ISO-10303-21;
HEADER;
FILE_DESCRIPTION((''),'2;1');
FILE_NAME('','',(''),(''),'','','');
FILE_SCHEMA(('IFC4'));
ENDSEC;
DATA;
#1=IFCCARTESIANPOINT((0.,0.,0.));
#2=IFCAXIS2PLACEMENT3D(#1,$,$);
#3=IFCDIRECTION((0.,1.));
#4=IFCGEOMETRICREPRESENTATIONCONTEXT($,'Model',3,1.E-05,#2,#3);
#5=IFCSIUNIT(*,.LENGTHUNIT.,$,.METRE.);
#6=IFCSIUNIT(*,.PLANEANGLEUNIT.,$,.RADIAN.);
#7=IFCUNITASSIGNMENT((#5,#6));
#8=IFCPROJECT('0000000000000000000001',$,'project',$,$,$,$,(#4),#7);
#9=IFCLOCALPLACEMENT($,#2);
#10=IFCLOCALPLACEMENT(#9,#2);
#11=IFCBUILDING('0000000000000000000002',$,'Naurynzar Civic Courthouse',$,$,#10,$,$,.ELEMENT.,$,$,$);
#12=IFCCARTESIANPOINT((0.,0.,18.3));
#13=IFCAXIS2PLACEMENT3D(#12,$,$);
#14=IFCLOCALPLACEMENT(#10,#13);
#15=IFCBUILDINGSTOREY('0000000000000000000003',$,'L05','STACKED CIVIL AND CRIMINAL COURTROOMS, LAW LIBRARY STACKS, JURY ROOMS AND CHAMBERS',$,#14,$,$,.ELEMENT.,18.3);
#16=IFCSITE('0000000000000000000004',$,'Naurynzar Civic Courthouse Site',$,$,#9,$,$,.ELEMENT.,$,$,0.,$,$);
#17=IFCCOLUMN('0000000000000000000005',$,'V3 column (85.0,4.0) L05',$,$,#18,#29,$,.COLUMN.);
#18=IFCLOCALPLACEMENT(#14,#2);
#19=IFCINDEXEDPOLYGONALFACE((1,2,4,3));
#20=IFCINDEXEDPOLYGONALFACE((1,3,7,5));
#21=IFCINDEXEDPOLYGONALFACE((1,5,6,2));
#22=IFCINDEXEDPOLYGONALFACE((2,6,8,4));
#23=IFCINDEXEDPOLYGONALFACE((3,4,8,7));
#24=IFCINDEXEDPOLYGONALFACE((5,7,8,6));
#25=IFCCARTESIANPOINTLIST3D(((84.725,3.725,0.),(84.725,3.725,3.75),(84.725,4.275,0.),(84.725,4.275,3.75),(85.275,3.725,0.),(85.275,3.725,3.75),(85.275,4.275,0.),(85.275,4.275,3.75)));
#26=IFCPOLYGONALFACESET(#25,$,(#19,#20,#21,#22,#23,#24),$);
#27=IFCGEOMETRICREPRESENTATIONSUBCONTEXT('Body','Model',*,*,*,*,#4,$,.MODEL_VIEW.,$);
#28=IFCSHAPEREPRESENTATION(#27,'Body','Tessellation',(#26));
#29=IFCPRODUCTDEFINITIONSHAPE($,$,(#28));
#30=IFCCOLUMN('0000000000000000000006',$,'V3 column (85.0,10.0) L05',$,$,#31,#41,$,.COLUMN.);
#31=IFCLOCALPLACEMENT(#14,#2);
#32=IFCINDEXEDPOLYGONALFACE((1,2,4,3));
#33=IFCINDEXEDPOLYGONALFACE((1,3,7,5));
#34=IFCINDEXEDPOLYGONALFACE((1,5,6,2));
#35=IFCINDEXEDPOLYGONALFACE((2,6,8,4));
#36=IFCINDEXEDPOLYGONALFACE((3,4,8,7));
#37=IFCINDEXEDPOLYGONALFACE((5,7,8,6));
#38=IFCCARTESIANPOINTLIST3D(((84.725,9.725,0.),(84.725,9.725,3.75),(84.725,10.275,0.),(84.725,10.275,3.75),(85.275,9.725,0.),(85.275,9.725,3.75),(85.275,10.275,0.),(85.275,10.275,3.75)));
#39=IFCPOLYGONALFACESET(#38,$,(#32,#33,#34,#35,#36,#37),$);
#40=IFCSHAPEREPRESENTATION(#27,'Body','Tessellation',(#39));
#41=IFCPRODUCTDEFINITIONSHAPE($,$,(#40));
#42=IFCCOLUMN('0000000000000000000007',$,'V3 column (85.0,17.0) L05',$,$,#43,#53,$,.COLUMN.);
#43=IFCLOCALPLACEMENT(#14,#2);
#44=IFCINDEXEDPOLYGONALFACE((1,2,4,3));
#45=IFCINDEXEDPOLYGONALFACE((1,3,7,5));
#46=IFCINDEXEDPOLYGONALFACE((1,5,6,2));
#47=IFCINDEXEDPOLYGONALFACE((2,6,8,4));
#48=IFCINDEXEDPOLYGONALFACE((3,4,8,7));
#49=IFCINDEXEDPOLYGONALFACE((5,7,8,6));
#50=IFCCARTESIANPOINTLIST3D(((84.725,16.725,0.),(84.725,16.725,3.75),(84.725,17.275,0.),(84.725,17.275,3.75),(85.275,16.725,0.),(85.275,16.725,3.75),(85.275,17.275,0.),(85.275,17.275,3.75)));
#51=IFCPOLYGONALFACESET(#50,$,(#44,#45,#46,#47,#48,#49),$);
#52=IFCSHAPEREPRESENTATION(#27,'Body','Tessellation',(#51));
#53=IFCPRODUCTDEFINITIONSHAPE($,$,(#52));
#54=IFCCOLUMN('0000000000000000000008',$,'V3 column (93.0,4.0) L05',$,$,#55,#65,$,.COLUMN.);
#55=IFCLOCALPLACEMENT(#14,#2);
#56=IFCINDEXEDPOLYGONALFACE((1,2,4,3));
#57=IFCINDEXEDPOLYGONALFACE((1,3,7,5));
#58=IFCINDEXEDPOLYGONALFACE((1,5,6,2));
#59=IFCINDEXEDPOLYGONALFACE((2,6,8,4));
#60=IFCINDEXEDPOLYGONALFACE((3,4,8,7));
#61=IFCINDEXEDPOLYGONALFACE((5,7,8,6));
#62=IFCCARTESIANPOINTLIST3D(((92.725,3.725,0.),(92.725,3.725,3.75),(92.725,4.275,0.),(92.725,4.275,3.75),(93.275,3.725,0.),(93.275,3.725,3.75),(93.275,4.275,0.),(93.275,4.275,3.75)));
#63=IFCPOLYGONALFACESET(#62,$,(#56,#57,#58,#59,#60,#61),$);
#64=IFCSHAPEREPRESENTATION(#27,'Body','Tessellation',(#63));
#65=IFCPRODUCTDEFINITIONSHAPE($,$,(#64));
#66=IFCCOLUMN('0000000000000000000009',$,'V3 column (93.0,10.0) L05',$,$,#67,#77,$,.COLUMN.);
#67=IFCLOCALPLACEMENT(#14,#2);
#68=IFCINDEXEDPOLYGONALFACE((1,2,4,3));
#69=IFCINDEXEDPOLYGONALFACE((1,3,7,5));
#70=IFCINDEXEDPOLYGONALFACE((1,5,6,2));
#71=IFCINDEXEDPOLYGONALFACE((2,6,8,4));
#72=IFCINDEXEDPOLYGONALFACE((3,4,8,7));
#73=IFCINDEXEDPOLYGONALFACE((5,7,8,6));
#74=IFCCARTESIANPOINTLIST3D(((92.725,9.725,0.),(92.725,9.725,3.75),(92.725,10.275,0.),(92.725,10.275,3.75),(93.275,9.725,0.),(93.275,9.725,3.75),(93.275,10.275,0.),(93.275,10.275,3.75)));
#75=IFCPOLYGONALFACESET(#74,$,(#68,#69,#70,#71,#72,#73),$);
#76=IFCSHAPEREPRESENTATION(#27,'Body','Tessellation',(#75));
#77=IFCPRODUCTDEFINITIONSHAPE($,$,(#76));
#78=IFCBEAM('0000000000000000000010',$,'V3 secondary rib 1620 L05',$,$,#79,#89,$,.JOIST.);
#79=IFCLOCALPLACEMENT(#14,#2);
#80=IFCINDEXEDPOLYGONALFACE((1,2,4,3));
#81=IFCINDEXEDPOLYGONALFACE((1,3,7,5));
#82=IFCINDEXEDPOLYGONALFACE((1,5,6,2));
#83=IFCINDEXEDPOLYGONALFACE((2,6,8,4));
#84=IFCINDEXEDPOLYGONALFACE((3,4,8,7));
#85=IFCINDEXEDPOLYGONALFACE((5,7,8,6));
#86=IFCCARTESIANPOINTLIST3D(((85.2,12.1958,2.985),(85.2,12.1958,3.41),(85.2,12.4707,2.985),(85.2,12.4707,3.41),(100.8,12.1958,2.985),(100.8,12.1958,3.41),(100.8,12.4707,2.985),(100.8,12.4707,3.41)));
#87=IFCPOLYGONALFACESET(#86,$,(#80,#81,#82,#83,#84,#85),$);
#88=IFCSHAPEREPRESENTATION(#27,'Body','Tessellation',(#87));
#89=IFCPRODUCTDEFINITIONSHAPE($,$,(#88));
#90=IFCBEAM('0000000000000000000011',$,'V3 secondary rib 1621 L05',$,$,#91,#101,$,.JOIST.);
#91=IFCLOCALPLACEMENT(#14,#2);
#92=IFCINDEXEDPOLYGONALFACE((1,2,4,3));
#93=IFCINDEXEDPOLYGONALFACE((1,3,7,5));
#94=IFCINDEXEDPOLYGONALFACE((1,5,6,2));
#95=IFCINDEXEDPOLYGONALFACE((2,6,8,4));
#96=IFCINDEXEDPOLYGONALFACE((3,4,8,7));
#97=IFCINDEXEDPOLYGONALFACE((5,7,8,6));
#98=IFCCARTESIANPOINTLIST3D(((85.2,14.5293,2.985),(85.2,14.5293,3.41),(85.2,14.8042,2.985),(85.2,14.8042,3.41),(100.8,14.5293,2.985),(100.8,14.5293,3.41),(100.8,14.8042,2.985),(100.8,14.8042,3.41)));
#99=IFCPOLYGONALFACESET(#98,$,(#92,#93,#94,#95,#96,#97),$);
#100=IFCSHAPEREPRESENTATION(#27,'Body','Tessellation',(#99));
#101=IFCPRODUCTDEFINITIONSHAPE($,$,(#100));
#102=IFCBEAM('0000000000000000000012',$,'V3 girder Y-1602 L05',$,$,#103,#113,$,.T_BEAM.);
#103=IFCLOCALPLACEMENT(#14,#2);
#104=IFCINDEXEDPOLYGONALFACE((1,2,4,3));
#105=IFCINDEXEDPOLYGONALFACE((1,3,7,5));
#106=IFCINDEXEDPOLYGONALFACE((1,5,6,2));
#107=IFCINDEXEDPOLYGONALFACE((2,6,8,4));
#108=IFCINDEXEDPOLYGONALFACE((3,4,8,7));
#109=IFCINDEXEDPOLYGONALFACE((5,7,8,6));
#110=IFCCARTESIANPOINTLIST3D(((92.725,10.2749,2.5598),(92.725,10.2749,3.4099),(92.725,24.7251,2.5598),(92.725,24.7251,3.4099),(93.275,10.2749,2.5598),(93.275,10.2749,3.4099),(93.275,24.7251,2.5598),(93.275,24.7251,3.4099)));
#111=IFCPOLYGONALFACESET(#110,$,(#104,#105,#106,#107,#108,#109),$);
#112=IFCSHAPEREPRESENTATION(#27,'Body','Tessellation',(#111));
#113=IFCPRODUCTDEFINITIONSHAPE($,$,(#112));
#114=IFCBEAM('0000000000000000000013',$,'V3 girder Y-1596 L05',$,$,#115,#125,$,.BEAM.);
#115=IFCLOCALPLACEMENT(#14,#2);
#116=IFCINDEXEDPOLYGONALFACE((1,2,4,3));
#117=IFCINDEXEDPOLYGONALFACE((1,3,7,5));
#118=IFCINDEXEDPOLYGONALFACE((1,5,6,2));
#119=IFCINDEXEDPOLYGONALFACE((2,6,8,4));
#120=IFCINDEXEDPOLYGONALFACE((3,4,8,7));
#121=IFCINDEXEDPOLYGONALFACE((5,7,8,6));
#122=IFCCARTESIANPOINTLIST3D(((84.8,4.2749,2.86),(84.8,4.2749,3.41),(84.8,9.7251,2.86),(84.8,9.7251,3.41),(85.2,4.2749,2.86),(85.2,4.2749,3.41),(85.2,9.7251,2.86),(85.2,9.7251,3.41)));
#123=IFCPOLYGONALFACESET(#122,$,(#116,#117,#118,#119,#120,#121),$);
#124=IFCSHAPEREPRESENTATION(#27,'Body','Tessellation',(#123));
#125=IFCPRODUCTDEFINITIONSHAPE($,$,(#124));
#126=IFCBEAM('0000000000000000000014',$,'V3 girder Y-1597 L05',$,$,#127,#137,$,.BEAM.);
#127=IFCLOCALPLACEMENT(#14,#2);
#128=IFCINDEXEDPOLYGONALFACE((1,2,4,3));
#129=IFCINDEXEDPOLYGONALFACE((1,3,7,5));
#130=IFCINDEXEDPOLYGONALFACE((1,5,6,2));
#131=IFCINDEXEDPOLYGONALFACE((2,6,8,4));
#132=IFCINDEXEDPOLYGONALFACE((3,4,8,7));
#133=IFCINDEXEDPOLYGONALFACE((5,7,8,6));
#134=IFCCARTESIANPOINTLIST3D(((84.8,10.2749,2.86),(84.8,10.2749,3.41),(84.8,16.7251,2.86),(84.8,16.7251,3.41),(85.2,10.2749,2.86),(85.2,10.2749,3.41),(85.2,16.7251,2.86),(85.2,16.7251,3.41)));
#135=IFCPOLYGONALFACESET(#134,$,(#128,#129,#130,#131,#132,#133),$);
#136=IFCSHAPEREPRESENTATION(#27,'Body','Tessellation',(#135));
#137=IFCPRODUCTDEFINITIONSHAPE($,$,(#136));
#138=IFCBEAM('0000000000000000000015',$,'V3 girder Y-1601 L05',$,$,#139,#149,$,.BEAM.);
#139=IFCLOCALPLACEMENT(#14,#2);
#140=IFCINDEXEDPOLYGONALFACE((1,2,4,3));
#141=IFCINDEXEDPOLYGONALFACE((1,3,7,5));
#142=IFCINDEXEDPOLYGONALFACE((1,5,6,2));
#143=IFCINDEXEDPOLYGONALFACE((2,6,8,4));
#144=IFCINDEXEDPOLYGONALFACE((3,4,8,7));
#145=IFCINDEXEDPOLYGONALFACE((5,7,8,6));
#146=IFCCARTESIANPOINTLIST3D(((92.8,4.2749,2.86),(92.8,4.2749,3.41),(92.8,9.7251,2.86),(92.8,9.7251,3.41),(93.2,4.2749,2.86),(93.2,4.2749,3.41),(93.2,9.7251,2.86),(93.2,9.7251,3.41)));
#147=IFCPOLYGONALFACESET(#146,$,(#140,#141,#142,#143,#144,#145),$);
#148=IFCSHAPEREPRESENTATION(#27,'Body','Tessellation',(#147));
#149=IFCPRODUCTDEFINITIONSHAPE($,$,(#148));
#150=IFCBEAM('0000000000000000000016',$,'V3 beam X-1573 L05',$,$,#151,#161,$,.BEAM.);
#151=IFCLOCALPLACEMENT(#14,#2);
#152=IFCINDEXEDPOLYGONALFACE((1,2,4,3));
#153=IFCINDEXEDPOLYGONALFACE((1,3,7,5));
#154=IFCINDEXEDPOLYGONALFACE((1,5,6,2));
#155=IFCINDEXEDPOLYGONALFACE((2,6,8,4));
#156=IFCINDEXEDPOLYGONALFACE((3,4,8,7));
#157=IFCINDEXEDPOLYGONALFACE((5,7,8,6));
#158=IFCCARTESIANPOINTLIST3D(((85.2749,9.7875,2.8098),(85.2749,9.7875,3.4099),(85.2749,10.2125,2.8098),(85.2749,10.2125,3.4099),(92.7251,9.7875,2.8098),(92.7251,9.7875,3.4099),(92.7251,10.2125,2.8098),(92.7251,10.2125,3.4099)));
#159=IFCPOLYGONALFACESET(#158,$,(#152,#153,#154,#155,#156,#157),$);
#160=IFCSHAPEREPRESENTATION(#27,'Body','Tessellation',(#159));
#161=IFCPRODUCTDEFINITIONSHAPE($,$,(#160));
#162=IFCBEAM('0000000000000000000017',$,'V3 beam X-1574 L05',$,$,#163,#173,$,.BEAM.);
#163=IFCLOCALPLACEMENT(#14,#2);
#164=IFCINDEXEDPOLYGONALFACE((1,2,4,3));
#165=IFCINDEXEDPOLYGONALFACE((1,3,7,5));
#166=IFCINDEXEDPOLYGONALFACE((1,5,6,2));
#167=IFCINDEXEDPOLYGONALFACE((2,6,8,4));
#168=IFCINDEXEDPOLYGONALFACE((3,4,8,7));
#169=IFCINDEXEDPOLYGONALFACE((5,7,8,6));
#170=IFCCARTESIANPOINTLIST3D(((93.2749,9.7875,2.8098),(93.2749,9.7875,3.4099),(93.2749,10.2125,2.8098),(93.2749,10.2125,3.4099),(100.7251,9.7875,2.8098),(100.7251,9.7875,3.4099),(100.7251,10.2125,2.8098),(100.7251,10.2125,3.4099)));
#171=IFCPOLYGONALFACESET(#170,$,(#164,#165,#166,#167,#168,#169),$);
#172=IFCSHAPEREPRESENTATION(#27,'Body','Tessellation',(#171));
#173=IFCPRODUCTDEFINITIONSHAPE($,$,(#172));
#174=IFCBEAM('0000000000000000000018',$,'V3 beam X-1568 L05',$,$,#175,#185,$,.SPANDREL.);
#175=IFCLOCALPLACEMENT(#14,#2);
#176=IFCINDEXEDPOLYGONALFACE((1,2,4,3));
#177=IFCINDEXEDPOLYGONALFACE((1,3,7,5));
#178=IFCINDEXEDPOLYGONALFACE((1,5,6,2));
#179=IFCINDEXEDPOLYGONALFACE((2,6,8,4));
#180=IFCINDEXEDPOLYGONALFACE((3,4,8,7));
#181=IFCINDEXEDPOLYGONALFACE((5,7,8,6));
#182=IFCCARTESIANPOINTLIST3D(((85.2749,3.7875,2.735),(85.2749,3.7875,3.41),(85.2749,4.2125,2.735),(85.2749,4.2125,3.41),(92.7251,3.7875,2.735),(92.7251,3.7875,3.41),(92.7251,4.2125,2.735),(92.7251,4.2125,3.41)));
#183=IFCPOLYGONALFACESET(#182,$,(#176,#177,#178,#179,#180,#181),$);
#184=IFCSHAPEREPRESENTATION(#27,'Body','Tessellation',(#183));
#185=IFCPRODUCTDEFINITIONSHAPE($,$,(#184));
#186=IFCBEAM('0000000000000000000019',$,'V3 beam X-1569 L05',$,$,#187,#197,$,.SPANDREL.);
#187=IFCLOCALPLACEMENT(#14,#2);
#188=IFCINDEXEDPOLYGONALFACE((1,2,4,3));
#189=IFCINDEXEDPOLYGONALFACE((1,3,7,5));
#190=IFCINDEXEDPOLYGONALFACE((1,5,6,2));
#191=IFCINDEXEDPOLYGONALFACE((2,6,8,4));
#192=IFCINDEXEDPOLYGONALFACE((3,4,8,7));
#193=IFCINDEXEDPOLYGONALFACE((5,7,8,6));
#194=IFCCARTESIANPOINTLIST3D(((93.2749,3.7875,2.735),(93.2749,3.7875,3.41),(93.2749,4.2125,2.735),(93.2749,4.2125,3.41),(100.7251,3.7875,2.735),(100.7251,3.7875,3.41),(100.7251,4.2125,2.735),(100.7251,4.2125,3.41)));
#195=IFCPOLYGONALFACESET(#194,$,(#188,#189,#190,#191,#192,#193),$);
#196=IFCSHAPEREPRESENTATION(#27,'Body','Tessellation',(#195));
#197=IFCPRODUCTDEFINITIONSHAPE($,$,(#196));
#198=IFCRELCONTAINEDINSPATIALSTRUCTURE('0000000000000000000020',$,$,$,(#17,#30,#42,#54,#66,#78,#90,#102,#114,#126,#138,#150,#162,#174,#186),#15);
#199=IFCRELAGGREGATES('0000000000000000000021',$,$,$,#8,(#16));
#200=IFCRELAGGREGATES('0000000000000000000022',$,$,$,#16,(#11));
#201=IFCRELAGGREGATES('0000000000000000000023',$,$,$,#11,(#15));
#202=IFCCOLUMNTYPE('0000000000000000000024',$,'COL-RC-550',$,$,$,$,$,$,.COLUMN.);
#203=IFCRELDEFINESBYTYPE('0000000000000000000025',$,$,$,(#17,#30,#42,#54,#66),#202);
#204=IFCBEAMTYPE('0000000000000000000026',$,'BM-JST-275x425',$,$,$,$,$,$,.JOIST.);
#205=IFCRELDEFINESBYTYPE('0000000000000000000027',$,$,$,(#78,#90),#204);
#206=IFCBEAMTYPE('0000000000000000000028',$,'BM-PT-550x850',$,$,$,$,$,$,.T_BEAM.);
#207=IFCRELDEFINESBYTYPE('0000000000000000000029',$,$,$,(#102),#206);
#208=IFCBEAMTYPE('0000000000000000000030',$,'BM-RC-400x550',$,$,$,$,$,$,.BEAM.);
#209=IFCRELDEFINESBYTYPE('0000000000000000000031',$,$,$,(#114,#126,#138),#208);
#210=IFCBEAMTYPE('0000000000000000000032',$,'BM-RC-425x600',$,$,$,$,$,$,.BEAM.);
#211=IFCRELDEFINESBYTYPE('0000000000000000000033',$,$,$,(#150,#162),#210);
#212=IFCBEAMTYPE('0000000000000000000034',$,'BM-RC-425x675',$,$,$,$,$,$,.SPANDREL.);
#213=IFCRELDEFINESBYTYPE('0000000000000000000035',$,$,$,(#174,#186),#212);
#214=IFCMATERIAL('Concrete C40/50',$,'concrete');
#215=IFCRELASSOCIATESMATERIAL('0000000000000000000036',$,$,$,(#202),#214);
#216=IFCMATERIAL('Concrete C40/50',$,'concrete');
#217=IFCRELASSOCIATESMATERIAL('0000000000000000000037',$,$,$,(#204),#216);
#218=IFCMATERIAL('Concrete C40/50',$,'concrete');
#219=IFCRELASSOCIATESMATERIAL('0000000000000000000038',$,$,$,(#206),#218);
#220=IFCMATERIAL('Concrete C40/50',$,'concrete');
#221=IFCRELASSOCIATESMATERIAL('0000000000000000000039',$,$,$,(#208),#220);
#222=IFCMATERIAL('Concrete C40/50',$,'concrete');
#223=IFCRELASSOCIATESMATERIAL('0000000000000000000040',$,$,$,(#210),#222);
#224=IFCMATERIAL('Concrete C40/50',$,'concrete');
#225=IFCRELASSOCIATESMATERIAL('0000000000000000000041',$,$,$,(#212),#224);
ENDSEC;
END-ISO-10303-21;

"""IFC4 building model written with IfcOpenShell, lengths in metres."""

from ifc_helpers import new_model, si_unit, direction, frame, origin, origin_2d, place, context, subcontext, project, spatial, rectangle, extrude, material, material_profile, profile_set, type_object, element, save


model = new_model("IFC4")

# Units and contexts
model_context = context("Model", 3, precision=1e-05, world=origin(), true_north=direction((0.0, 1.0)))
body_context = subcontext(model_context, "Body", "Model", "MODEL_VIEW")
ifc_project = project(units=[si_unit("LENGTHUNIT", "METRE"), si_unit("PLANEANGLEUNIT", "RADIAN")], contexts=[model_context])

# Site, building, storey
site_placement = place(None, origin())
site = spatial("IfcSite", under=ifc_project, at=site_placement, Name="Naurynzar Civic Courthouse Site", CompositionType="ELEMENT", RefElevation=0.0)
building_placement = place(site_placement, origin())
building = spatial("IfcBuilding", under=site, at=building_placement, Name="Naurynzar Civic Courthouse", CompositionType="ELEMENT")
storey_placement = place(building_placement, frame((0.0, 0.0, 18.3)))
storey = spatial("IfcBuildingStorey", under=building, at=storey_placement, Name="L05", Description="STACKED CIVIL AND CRIMINAL COURTROOMS, LAW LIBRARY STACKS, JURY ROOMS AND CHAMBERS", CompositionType="ELEMENT", Elevation=18.3)

# Columns
ifc_material_1 = material(Name="Concrete C40/50", Category="concrete")
ifc_material_profile_1 = material_profile(ifc_material_1, rectangle(XDim=0.55, YDim=0.55, at=origin_2d()), Name="RC 550x550")
ifc_profile_set_1 = profile_set([ifc_material_profile_1], Name="Concrete C40/50")
column_type = type_object("IfcColumnType", Name="COL-RC-550", PredefinedType="COLUMN", material=ifc_profile_set_1)
for number, where, z_axis, x_axis, name in (
    (1, (85.0, 4.0, 0.0), (0.0, 0.0, 1.0), (1.0, 0.0, 0.0), "V3 column (85.0,4.0) L05"),
    (2, (85.0, 10.0, 0.0), (0.0, 0.0, 1.0), (1.0, 0.0, 0.0), "V3 column (85.0,10.0) L05"),
    (3, (85.0, 17.0, 0.0), (0.0, 0.0, 1.0), (1.0, 0.0, 0.0), "V3 column (85.0,17.0) L05"),
    (4, (93.0, 4.0, 0.0), (0.0, 0.0, 1.0), (1.0, 0.0, 0.0), "V3 column (93.0,4.0) L05"),
    (5, (93.0, 10.0, 0.0), (0.0, 0.0, 1.0), (1.0, 0.0, 0.0), "V3 column (93.0,10.0) L05"),
):
    element("IfcColumn", number, at=place(storey_placement, frame(where, z_axis=z_axis, x_axis=x_axis)), inside=storey, type_object=column_type, Name=name, PredefinedType="COLUMN", context=body_context, shape_type="SweptSolid", body=[
        extrude(rectangle(XDim=0.55, YDim=0.55, at=origin_2d()), origin(), (0.0, 0.0, 1.0), 3.75),
    ])

# Beams
ifc_material_2 = material(Name="Concrete C40/50", Category="concrete")
ifc_material_profile_2 = material_profile(ifc_material_2, rectangle(XDim=0.2749, YDim=0.425, at=origin_2d()), Name="RCB 275x425")
ifc_profile_set_2 = profile_set([ifc_material_profile_2], Name="Concrete C40/50")
beam_type_1 = type_object("IfcBeamType", Name="BM-JST-275x425", PredefinedType="JOIST", material=ifc_profile_set_2)
for number, where, z_axis, x_axis, name in (
    (6, (85.2, 12.3333, 3.1975), (1.0, 0.0, 0.0), (0.0, 1.0, 0.0), "V3 secondary rib 1620 L05"),
    (7, (85.2, 14.6667, 3.1975), (1.0, 0.0, 0.0), (0.0, 1.0, 0.0), "V3 secondary rib 1621 L05"),
):
    element("IfcBeam", number, at=place(storey_placement, frame(where, z_axis=z_axis, x_axis=x_axis)), inside=storey, type_object=beam_type_1, Name=name, PredefinedType="JOIST", context=body_context, shape_type="SweptSolid", body=[
        extrude(rectangle(XDim=0.2749, YDim=0.425, at=origin_2d()), origin(), (0.0, 0.0, 1.0), 15.6001),
    ])
ifc_material_3 = material(Name="Concrete C40/50", Category="concrete")
ifc_material_profile_3 = material_profile(ifc_material_3, rectangle(XDim=0.55, YDim=0.8501, at=origin_2d()), Name="PTB 550x850")
ifc_profile_set_3 = profile_set([ifc_material_profile_3], Name="Concrete C40/50")
beam_type_2 = type_object("IfcBeamType", Name="BM-PT-550x850", PredefinedType="T_BEAM", material=ifc_profile_set_3)
beam_1_placement = place(storey_placement, frame((93.0, 10.2749, 2.9849), z_axis=(0.0, 1.0, 0.0), x_axis=(-1.0, 0.0, 0.0)))
element("IfcBeam", 8, at=beam_1_placement, inside=storey, type_object=beam_type_2, Name="V3 girder Y-1602 L05", PredefinedType="T_BEAM", context=body_context, shape_type="SweptSolid", body=[
    extrude(rectangle(XDim=0.55, YDim=0.8501, at=origin_2d()), origin(), (0.0, 0.0, 1.0), 14.4502),
])
ifc_material_4 = material(Name="Concrete C40/50", Category="concrete")
ifc_material_profile_4 = material_profile(ifc_material_4, rectangle(XDim=0.3999, YDim=0.55, at=origin_2d()), Name="RCB 400x550")
ifc_profile_set_4 = profile_set([ifc_material_profile_4], Name="Concrete C40/50")
beam_type_3 = type_object("IfcBeamType", Name="BM-RC-400x550", PredefinedType="BEAM", material=ifc_profile_set_4)
beam_2_placement = place(storey_placement, frame((85.0, 4.2749, 3.135), z_axis=(0.0, 1.0, 0.0), x_axis=(-1.0, 0.0, 0.0)))
element("IfcBeam", 9, at=beam_2_placement, inside=storey, type_object=beam_type_3, Name="V3 girder Y-1596 L05", PredefinedType="BEAM", context=body_context, shape_type="SweptSolid", body=[
    extrude(rectangle(XDim=0.3999, YDim=0.55, at=origin_2d()), origin(), (0.0, 0.0, 1.0), 5.4502),
])
beam_3_placement = place(storey_placement, frame((85.0, 10.2749, 3.135), z_axis=(0.0, 1.0, 0.0), x_axis=(-1.0, 0.0, 0.0)))
element("IfcBeam", 10, at=beam_3_placement, inside=storey, type_object=beam_type_3, Name="V3 girder Y-1597 L05", PredefinedType="BEAM", context=body_context, shape_type="SweptSolid", body=[
    extrude(rectangle(XDim=0.3999, YDim=0.55, at=origin_2d()), origin(), (0.0, 0.0, 1.0), 6.4502),
])
beam_4_placement = place(storey_placement, frame((93.0, 4.2749, 3.135), z_axis=(0.0, 1.0, 0.0), x_axis=(-1.0, 0.0, 0.0)))
element("IfcBeam", 11, at=beam_4_placement, inside=storey, type_object=beam_type_3, Name="V3 girder Y-1601 L05", PredefinedType="BEAM", context=body_context, shape_type="SweptSolid", body=[
    extrude(rectangle(XDim=0.3999, YDim=0.55, at=origin_2d()), origin(), (0.0, 0.0, 1.0), 5.4502),
])
ifc_material_5 = material(Name="Concrete C40/50", Category="concrete")
ifc_material_profile_5 = material_profile(ifc_material_5, rectangle(XDim=0.425, YDim=0.6001, at=origin_2d()), Name="RCB 425x600")
ifc_profile_set_5 = profile_set([ifc_material_profile_5], Name="Concrete C40/50")
beam_type_4 = type_object("IfcBeamType", Name="BM-RC-425x600", PredefinedType="BEAM", material=ifc_profile_set_5)
for number, where, z_axis, x_axis, name in (
    (12, (85.2749, 10.0, 3.1099), (1.0, 0.0, 0.0), (0.0, 1.0, 0.0), "V3 beam X-1573 L05"),
    (13, (93.2749, 10.0, 3.1099), (1.0, 0.0, 0.0), (0.0, 1.0, 0.0), "V3 beam X-1574 L05"),
):
    element("IfcBeam", number, at=place(storey_placement, frame(where, z_axis=z_axis, x_axis=x_axis)), inside=storey, type_object=beam_type_4, Name=name, PredefinedType="BEAM", context=body_context, shape_type="SweptSolid", body=[
        extrude(rectangle(XDim=0.425, YDim=0.6001, at=origin_2d()), origin(), (0.0, 0.0, 1.0), 7.4502),
    ])
ifc_material_6 = material(Name="Concrete C40/50", Category="concrete")
ifc_material_profile_6 = material_profile(ifc_material_6, rectangle(XDim=0.425, YDim=0.675, at=origin_2d()), Name="RCB 425x675")
ifc_profile_set_6 = profile_set([ifc_material_profile_6], Name="Concrete C40/50")
beam_type_5 = type_object("IfcBeamType", Name="BM-RC-425x675", PredefinedType="SPANDREL", material=ifc_profile_set_6)
for number, where, z_axis, x_axis, name in (
    (14, (85.2749, 4.0, 3.0725), (1.0, 0.0, 0.0), (0.0, 1.0, 0.0), "V3 beam X-1568 L05"),
    (15, (93.2749, 4.0, 3.0725), (1.0, 0.0, 0.0), (0.0, 1.0, 0.0), "V3 beam X-1569 L05"),
):
    element("IfcBeam", number, at=place(storey_placement, frame(where, z_axis=z_axis, x_axis=x_axis)), inside=storey, type_object=beam_type_5, Name=name, PredefinedType="SPANDREL", context=body_context, shape_type="SweptSolid", body=[
        extrude(rectangle(XDim=0.425, YDim=0.675, at=origin_2d()), origin(), (0.0, 0.0, 1.0), 7.4502),
    ])

save(model, "model.ifc")
